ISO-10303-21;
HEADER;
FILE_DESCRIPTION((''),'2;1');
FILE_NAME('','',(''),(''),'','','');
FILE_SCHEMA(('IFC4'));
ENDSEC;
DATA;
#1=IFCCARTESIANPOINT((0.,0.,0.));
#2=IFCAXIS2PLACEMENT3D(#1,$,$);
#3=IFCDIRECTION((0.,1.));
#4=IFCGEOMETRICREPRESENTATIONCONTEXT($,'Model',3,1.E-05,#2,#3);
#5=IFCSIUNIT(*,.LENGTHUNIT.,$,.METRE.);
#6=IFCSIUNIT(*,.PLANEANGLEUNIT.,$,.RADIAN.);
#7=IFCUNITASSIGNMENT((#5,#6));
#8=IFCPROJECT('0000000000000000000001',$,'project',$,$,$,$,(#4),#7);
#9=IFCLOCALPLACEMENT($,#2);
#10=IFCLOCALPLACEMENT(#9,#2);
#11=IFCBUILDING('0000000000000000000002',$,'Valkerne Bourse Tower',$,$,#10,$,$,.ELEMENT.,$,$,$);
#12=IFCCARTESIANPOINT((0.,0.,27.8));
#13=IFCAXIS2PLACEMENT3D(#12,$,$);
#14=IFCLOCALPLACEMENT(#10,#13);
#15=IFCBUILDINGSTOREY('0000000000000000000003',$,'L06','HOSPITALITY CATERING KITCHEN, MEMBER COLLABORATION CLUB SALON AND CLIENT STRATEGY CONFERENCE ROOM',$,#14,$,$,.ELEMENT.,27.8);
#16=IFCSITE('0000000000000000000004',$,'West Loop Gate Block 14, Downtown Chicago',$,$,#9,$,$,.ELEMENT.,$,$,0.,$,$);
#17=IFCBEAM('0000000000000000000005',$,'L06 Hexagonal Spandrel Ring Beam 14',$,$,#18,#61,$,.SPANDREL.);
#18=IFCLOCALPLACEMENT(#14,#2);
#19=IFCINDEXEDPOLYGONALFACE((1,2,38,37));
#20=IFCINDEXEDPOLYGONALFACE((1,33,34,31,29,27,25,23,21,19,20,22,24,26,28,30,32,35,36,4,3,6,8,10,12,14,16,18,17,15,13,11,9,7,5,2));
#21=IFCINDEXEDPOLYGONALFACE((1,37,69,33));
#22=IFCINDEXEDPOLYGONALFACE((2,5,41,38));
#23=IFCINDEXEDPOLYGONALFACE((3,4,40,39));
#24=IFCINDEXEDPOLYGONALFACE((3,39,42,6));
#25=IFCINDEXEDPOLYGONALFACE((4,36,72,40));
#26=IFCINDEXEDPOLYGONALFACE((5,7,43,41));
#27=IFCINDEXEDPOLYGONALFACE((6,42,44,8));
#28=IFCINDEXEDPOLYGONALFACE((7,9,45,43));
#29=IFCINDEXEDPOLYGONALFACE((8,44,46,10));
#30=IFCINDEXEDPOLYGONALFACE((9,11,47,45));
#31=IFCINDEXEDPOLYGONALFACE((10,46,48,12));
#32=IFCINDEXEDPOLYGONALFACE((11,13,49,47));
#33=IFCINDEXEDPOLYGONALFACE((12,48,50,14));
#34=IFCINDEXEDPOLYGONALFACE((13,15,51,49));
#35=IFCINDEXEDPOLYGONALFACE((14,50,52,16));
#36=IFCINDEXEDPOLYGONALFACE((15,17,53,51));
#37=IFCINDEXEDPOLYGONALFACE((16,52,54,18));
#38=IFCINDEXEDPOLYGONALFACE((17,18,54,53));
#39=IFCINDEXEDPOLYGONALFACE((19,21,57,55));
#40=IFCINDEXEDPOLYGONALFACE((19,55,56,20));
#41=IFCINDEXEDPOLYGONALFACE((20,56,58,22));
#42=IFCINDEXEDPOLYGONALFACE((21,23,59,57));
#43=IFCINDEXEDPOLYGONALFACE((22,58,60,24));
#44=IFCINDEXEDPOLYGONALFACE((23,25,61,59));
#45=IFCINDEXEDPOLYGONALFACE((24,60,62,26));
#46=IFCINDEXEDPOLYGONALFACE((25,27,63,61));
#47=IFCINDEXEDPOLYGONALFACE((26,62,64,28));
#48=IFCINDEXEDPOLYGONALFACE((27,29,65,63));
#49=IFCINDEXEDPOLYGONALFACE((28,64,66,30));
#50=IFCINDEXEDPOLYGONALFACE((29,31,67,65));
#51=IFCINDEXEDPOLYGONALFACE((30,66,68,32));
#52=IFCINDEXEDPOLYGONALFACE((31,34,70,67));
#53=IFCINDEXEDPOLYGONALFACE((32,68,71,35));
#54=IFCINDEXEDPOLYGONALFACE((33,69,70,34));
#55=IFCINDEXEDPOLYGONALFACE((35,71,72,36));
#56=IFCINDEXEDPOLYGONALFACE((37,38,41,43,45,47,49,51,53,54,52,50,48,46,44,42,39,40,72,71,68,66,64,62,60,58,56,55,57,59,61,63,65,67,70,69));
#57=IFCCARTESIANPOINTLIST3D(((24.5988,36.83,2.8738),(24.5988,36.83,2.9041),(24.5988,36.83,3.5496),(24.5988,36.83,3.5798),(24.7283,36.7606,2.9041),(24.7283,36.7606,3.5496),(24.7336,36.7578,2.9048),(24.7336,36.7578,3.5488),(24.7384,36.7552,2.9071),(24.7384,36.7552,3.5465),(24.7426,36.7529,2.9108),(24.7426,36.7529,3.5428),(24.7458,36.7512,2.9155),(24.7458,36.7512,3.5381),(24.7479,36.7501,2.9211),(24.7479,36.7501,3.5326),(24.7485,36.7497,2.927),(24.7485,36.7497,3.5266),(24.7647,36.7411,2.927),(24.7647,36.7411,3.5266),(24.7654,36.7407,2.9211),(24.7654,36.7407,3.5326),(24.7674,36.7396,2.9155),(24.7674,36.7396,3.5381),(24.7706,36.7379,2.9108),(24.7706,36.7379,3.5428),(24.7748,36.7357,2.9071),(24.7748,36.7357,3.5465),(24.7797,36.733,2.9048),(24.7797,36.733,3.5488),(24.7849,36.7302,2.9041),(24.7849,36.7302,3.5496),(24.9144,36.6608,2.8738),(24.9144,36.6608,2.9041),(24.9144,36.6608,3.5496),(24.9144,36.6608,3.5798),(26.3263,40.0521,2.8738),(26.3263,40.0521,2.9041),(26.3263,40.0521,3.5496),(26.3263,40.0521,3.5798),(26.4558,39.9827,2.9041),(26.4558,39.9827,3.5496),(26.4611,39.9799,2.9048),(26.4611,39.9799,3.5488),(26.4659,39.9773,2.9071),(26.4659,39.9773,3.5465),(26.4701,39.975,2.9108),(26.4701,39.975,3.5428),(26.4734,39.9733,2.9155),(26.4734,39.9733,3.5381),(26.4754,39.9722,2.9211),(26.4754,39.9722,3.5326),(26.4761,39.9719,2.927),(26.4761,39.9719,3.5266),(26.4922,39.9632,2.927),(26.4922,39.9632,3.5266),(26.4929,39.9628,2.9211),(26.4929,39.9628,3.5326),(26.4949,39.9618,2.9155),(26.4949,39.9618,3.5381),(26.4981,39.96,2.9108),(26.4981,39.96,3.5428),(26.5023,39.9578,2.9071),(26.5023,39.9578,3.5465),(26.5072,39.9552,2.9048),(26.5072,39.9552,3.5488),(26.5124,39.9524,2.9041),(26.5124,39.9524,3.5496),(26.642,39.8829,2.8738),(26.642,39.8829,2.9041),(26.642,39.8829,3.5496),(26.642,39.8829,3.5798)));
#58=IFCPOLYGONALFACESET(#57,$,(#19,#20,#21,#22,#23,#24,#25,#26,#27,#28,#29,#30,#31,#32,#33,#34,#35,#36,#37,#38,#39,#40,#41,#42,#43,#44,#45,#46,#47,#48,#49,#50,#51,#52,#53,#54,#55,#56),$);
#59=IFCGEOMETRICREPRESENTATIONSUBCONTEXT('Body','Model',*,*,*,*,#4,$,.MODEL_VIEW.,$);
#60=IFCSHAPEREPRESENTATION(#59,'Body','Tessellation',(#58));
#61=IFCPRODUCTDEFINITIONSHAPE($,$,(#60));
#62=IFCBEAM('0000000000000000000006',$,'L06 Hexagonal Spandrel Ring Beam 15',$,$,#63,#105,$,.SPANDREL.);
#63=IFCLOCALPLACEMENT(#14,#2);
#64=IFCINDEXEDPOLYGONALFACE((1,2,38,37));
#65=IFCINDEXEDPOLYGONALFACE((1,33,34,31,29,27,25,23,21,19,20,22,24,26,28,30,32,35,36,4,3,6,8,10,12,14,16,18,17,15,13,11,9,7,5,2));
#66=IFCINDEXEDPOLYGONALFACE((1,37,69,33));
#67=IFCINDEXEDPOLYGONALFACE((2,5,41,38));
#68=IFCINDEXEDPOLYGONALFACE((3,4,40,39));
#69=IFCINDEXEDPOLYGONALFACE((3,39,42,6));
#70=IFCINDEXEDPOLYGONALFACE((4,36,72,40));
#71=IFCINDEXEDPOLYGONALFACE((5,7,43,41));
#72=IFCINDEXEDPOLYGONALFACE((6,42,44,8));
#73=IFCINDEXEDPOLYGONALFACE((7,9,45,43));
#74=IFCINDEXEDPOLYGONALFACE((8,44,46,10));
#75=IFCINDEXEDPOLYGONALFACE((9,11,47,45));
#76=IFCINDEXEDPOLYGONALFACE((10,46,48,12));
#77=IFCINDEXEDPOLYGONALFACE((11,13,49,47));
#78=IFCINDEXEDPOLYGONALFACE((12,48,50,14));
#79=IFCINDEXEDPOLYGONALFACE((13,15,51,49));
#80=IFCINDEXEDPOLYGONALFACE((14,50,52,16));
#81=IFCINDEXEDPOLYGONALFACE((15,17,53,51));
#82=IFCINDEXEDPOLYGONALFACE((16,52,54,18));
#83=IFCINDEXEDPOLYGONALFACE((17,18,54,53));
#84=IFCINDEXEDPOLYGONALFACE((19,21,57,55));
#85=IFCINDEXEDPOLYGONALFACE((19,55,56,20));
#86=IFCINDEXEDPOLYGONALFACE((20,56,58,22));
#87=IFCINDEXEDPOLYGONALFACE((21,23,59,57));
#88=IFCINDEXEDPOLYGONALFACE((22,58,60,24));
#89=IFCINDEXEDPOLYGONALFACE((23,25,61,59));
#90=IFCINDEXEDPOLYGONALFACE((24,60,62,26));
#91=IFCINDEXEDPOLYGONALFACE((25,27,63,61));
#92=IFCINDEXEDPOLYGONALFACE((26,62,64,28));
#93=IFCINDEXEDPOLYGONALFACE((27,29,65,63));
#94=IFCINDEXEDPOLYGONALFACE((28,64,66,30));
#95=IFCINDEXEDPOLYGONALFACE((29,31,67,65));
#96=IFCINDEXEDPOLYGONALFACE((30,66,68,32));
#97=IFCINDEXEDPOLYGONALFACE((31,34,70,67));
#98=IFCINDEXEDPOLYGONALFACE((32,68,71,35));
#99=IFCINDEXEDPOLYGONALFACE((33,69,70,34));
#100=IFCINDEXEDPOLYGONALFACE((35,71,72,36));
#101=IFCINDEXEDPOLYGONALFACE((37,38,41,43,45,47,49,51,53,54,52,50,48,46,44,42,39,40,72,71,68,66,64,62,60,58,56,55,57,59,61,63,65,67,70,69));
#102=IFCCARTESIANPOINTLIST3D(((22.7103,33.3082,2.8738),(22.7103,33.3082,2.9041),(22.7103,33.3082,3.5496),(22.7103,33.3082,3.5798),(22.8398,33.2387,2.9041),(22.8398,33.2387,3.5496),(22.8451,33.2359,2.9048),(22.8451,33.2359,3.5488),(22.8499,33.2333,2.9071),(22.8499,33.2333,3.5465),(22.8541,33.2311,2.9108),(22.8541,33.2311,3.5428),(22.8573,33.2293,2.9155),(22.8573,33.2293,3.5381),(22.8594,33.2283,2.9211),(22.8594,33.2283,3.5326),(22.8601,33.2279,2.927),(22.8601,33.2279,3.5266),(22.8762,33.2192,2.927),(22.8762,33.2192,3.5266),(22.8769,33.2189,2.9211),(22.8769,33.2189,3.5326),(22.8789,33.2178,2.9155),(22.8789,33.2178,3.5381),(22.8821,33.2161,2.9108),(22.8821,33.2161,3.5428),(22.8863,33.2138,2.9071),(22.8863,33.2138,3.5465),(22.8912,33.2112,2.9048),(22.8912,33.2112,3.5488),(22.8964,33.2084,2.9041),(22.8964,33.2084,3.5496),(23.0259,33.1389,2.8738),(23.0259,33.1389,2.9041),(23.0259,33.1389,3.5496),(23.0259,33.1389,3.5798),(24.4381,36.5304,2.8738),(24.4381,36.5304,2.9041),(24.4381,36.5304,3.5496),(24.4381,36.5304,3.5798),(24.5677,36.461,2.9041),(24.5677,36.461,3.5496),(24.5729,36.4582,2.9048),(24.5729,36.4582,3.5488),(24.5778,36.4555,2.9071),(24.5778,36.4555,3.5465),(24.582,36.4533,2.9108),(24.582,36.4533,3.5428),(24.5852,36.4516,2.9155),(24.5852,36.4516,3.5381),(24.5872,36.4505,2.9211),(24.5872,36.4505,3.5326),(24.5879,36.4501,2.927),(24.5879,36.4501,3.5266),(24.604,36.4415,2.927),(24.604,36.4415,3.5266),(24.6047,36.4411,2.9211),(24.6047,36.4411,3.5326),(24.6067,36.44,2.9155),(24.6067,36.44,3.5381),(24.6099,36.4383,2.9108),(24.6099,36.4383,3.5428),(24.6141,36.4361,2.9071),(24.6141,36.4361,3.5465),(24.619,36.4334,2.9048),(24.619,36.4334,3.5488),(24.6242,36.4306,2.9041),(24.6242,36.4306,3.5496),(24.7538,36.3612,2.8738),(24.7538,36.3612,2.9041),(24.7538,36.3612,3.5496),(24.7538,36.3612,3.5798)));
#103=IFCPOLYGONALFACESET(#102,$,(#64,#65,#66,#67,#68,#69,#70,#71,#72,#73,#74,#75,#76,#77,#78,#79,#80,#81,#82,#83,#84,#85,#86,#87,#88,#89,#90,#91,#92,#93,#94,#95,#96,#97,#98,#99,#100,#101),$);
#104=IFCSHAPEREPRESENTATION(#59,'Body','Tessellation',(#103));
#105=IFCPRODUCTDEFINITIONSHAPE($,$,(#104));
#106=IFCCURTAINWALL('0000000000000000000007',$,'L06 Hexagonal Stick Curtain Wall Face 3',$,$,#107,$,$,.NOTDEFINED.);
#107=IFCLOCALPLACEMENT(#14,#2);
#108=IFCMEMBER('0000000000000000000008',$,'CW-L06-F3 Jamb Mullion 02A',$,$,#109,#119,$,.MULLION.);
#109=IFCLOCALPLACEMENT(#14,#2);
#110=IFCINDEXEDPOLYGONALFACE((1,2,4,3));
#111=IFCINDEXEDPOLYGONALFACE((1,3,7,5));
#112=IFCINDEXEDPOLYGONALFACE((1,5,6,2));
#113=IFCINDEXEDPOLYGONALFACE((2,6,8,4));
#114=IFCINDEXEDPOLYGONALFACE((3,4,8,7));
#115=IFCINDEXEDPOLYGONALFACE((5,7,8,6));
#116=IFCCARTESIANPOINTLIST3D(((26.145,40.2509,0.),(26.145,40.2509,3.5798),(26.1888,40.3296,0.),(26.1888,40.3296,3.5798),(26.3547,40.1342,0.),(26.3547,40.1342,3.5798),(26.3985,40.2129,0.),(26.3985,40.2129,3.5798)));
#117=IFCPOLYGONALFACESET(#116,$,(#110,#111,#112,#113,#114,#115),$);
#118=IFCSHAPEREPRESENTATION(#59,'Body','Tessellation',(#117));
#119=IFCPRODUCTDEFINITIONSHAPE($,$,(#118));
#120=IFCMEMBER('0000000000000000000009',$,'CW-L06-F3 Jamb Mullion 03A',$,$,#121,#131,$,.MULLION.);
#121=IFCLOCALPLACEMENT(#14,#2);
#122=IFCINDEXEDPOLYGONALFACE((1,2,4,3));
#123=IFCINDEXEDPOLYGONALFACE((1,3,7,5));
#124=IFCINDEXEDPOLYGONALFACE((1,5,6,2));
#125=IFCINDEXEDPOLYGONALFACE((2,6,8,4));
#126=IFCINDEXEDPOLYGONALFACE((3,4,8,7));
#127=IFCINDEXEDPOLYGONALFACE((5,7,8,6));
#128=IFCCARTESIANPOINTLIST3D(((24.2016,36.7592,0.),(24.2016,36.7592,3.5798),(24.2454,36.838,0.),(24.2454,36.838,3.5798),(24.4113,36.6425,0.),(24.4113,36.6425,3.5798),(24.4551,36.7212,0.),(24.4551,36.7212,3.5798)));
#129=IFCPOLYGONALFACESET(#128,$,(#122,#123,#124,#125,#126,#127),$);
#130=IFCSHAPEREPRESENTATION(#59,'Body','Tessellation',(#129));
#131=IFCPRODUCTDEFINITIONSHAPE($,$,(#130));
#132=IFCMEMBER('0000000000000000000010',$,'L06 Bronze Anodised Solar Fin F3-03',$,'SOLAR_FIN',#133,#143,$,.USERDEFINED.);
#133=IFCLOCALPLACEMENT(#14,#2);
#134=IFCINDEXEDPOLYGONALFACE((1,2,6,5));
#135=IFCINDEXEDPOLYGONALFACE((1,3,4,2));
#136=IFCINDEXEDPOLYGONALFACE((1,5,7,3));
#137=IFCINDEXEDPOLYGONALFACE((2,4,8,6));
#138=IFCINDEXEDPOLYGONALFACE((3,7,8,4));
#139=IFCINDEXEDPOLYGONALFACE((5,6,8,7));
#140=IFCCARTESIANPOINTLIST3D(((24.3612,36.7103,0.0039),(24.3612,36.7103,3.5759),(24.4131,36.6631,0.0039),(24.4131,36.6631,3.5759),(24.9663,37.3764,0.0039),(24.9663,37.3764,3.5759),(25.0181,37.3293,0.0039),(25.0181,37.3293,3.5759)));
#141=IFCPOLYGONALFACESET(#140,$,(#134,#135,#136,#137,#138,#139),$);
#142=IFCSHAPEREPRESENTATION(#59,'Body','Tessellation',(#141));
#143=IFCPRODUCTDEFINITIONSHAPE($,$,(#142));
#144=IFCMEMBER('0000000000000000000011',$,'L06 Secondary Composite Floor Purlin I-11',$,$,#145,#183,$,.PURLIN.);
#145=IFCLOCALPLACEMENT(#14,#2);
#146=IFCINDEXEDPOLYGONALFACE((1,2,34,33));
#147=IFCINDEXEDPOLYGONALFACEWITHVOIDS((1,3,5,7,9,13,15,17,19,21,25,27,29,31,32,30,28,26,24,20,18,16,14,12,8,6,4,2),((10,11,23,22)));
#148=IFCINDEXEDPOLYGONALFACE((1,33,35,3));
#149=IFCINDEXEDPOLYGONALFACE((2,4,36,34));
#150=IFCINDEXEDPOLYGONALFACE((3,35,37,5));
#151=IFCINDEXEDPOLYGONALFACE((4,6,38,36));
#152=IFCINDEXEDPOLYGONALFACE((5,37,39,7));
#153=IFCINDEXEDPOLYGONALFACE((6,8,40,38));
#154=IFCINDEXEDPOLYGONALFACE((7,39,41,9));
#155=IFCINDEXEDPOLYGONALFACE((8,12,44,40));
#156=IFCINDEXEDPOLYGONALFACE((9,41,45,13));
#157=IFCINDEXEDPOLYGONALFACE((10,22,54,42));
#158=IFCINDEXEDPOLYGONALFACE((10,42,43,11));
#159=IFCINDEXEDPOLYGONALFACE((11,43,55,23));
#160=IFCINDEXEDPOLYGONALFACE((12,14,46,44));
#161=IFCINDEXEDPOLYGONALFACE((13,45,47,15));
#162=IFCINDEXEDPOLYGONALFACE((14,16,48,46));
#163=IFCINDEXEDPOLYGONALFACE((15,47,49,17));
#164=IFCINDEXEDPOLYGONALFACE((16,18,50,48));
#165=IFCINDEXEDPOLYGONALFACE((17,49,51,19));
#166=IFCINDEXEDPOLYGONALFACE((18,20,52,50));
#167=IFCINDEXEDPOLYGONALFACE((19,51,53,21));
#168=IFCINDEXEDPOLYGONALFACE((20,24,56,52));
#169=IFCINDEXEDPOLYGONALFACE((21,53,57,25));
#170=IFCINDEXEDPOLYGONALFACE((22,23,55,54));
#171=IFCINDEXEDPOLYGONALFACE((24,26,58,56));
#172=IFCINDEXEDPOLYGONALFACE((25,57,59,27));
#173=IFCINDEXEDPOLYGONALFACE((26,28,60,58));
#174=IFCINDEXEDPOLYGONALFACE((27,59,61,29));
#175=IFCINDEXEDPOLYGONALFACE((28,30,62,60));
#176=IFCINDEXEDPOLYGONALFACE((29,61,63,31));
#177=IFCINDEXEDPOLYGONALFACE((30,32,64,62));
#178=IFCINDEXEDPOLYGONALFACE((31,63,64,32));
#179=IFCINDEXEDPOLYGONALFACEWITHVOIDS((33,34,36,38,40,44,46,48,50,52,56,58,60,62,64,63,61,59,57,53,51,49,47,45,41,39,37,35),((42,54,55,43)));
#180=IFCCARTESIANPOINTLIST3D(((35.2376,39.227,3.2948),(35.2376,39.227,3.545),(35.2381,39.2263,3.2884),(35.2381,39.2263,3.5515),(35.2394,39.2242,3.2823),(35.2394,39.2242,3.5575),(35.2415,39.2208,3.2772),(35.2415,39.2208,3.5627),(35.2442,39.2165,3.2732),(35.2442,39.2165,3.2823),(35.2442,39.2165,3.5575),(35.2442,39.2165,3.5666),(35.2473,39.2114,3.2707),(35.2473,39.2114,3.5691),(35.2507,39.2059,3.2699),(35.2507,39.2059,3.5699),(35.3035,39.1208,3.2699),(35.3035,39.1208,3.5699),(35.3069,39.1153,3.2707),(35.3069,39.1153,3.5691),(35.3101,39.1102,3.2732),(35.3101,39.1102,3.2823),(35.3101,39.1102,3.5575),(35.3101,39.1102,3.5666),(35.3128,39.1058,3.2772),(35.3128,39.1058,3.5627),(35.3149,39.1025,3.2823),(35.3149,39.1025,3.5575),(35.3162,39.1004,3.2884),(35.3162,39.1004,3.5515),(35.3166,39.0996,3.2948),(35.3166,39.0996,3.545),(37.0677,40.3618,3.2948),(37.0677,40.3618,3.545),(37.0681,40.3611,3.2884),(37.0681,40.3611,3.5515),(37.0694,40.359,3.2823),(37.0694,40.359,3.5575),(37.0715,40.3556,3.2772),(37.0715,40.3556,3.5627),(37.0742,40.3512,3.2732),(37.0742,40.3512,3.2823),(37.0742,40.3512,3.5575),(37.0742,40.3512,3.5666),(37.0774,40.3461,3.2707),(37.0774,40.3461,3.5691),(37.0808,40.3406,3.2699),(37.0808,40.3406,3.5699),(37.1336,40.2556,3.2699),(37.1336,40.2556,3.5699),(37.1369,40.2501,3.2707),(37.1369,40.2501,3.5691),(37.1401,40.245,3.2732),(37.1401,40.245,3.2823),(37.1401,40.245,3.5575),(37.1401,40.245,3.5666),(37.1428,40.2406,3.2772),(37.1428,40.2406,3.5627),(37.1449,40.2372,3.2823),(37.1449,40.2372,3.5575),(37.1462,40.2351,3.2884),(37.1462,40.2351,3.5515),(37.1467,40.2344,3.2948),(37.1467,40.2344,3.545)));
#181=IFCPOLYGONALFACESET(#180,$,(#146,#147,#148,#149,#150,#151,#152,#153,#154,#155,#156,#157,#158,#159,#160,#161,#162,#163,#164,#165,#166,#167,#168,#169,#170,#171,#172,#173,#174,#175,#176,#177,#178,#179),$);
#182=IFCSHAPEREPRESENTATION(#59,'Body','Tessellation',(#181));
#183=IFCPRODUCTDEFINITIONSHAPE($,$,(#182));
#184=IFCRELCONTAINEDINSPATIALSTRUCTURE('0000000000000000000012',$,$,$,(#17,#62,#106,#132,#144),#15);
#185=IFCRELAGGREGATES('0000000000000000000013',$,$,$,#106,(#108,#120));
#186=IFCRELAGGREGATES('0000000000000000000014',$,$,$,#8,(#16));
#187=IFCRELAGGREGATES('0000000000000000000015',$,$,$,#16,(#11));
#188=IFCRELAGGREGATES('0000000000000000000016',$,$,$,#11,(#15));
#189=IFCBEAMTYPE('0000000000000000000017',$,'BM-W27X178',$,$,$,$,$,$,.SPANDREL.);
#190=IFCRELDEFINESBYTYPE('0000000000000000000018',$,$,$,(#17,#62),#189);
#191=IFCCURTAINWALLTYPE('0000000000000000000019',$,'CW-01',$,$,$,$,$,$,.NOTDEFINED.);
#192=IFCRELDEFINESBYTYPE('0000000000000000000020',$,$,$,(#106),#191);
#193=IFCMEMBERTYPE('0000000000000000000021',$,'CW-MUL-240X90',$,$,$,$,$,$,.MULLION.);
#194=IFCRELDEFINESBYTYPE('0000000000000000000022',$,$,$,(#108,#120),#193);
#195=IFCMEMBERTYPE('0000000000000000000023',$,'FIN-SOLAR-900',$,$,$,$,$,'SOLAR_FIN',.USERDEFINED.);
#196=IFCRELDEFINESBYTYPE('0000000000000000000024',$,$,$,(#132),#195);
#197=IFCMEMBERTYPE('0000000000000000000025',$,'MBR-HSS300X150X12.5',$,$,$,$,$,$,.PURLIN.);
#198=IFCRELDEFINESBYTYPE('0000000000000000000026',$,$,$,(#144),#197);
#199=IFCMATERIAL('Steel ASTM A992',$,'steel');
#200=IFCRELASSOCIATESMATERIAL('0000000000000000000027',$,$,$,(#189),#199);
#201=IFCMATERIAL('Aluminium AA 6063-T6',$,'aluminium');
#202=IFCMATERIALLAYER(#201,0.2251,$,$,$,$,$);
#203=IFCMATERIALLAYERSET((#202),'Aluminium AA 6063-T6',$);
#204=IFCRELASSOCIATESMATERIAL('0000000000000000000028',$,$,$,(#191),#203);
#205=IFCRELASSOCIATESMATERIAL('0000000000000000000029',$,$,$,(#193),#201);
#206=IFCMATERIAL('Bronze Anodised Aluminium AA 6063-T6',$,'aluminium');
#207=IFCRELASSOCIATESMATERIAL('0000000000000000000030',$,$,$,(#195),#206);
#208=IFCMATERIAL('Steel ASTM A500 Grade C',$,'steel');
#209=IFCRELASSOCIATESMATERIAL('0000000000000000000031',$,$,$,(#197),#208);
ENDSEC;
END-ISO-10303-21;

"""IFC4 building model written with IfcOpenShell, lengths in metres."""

from ifc_helpers import new_model, si_unit, direction, frame, origin, origin_2d, place, context, subcontext, project, spatial, rectangle, hollow_rectangle, i_section, extrude, material, layer, layer_set, material_profile, profile_set, type_object, element, aggregate, save


model = new_model("IFC4")

# Units and contexts
model_context = context("Model", 3, precision=1e-05, world=origin(), true_north=direction((0.0, 1.0)))
body_context = subcontext(model_context, "Body", "Model", "MODEL_VIEW")
ifc_project = project(units=[si_unit("LENGTHUNIT", "METRE"), si_unit("PLANEANGLEUNIT", "RADIAN")], contexts=[model_context])

# Site, building, storey
site_placement = place(None, origin())
site = spatial("IfcSite", under=ifc_project, at=site_placement, Name="West Loop Gate Block 14, Downtown Chicago", CompositionType="ELEMENT", RefElevation=0.0)
building_placement = place(site_placement, origin())
building = spatial("IfcBuilding", under=site, at=building_placement, Name="Valkerne Bourse Tower", CompositionType="ELEMENT")
storey_placement = place(building_placement, frame((0.0, 0.0, 27.8)))
storey = spatial("IfcBuildingStorey", under=building, at=storey_placement, Name="L06", Description="HOSPITALITY CATERING KITCHEN, MEMBER COLLABORATION CLUB SALON AND CLIENT STRATEGY CONFERENCE ROOM", CompositionType="ELEMENT", Elevation=27.8)

# Beams
ifc_material_1 = material(Name="Steel ASTM A992", Category="steel")
ifc_material_profile_1 = material_profile(ifc_material_1, i_section(OverallWidth=0.3582, OverallDepth=0.7061, WebThickness=0.0183, FlangeThickness=0.0303, FilletRadius=0.0229, at=origin_2d()), Name="W27X178")
ifc_profile_set_1 = profile_set([ifc_material_profile_1], Name="Steel ASTM A992")
beam_type_1 = type_object("IfcBeamType", Name="BM-W27X178", PredefinedType="SPANDREL", material=ifc_profile_set_1)
beam_1_placement = place(storey_placement, frame((26.4841, 39.9675, 3.2268), z_axis=(-0.472514, -0.881323, 0.0), x_axis=(0.881323, -0.472514, 0.0)))
element("IfcBeam", 1, at=beam_1_placement, inside=storey, type_object=beam_type_1, Name="L06 Hexagonal Spandrel Ring Beam 14", PredefinedType="SPANDREL", context=body_context, shape_type="SweptSolid", body=[
    extrude(i_section(OverallWidth=0.3582, OverallDepth=0.7061, WebThickness=0.0183, FlangeThickness=0.0303, FilletRadius=0.0229, at=origin_2d()), origin(), (0.0, 0.0, 1.0), 3.656),
])
beam_2_placement = place(storey_placement, frame((24.5959, 36.4458, 3.2268), z_axis=(-0.472566, -0.881295, 0.0), x_axis=(0.881295, -0.472566, 0.0)))
element("IfcBeam", 2, at=beam_2_placement, inside=storey, type_object=beam_type_1, Name="L06 Hexagonal Spandrel Ring Beam 15", PredefinedType="SPANDREL", context=body_context, shape_type="SweptSolid", body=[
    extrude(i_section(OverallWidth=0.3582, OverallDepth=0.7061, WebThickness=0.0183, FlangeThickness=0.0303, FilletRadius=0.0229, at=origin_2d()), origin(), (0.0, 0.0, 1.0), 3.6562),
])

# Curtain wall, members
ifc_material_2 = material(Name="Aluminium AA 6063-T6", Category="aluminium")
ifc_layer_1 = layer(ifc_material_2, 0.2251)
ifc_layer_set_1 = layer_set([ifc_layer_1], Name="Aluminium AA 6063-T6")
curtain_wall_type = type_object("IfcCurtainWallType", Name="CW-01", PredefinedType="NOTDEFINED", material=ifc_layer_set_1)
curtain_wall_placement = place(storey_placement, origin())
curtain_wall = element("IfcCurtainWall", 3, at=curtain_wall_placement, inside=storey, type_object=curtain_wall_type, Name="L06 Hexagonal Stick Curtain Wall Face 3", PredefinedType="NOTDEFINED")
ifc_material_profile_2 = material_profile(ifc_material_2, rectangle(XDim=0.0901, YDim=0.24, at=origin_2d()), Name="CWM-90X240")
ifc_profile_set_2 = profile_set([ifc_material_profile_2], Name="Aluminium AA 6063-T6")
member_type_1 = type_object("IfcMemberType", Name="CW-MUL-240X90", PredefinedType="MULLION", material=ifc_profile_set_2)
member_1_placement = place(storey_placement, frame((26.2717, 40.2319, 0.0), z_axis=(0.0, 0.0, 1.0), x_axis=(-0.486335, -0.873772, 0.0)))
member_1 = element("IfcMember", 4, at=member_1_placement, type_object=member_type_1, Name="CW-L06-F3 Jamb Mullion 02A", PredefinedType="MULLION", context=body_context, shape_type="SweptSolid", body=[
    extrude(rectangle(XDim=0.0901, YDim=0.24, at=origin_2d()), origin(), (0.0, 0.0, 1.0), 3.5798),
])
member_2_placement = place(storey_placement, frame((24.3284, 36.7402, 0.0), z_axis=(0.0, 0.0, 1.0), x_axis=(-0.486335, -0.873772, 0.0)))
member_2 = element("IfcMember", 5, at=member_2_placement, type_object=member_type_1, Name="CW-L06-F3 Jamb Mullion 03A", PredefinedType="MULLION", context=body_context, shape_type="SweptSolid", body=[
    extrude(rectangle(XDim=0.0901, YDim=0.24, at=origin_2d()), origin(), (0.0, 0.0, 1.0), 3.5798),
])

# Members
ifc_material_3 = material(Name="Bronze Anodised Aluminium AA 6063-T6", Category="aluminium")
ifc_material_profile_3 = material_profile(ifc_material_3, rectangle(XDim=0.0701, YDim=0.8999, at=origin_2d()), Name="FIN-70X900")
ifc_profile_set_3 = profile_set([ifc_material_profile_3], Name="Bronze Anodised Aluminium AA 6063-T6")
member_type_2 = type_object("IfcMemberType", Name="FIN-SOLAR-900", ElementType="SOLAR_FIN", PredefinedType="USERDEFINED", material=ifc_profile_set_3)
member_3_placement = place(storey_placement, frame((24.6897, 37.0198, 0.0039), z_axis=(0.0, 0.0, 1.0), x_axis=(-0.74025, 0.672332, 0.0)))
element("IfcMember", 6, at=member_3_placement, inside=storey, type_object=member_type_2, Name="L06 Bronze Anodised Solar Fin F3-03", ObjectType="SOLAR_FIN", PredefinedType="USERDEFINED", context=body_context, shape_type="SweptSolid", body=[
    extrude(rectangle(XDim=0.0701, YDim=0.8999, at=origin_2d()), origin(), (0.0, 0.0, 1.0), 3.572),
])
ifc_material_4 = material(Name="Steel ASTM A500 Grade C", Category="steel")
ifc_material_profile_4 = material_profile(ifc_material_4, hollow_rectangle(XDim=0.1499, YDim=0.3, WallThickness=0.0125, OuterFilletRadius=0.0249, at=origin_2d()), Name="HSS300X150X12.5")
ifc_profile_set_4 = profile_set([ifc_material_profile_4], Name="Steel ASTM A500 Grade C")
member_type_3 = type_object("IfcMemberType", Name="MBR-HSS300X150X12.5", PredefinedType="PURLIN", material=ifc_profile_set_4)
member_4_placement = place(storey_placement, frame((37.1072, 40.2981, 3.4199), z_axis=(-0.849878, -0.526979, 0.0), x_axis=(0.526979, -0.849878, 0.0)))
element("IfcMember", 7, at=member_4_placement, inside=storey, type_object=member_type_3, Name="L06 Secondary Composite Floor Purlin I-11", PredefinedType="PURLIN", context=body_context, shape_type="SweptSolid", body=[
    extrude(hollow_rectangle(XDim=0.1499, YDim=0.3, WallThickness=0.0125, OuterFilletRadius=0.0249, at=origin_2d()), origin(), (0.0, 0.0, 1.0), 2.1533),
])

aggregate(curtain_wall, [member_1, member_2])

save(model, "model.ifc")
